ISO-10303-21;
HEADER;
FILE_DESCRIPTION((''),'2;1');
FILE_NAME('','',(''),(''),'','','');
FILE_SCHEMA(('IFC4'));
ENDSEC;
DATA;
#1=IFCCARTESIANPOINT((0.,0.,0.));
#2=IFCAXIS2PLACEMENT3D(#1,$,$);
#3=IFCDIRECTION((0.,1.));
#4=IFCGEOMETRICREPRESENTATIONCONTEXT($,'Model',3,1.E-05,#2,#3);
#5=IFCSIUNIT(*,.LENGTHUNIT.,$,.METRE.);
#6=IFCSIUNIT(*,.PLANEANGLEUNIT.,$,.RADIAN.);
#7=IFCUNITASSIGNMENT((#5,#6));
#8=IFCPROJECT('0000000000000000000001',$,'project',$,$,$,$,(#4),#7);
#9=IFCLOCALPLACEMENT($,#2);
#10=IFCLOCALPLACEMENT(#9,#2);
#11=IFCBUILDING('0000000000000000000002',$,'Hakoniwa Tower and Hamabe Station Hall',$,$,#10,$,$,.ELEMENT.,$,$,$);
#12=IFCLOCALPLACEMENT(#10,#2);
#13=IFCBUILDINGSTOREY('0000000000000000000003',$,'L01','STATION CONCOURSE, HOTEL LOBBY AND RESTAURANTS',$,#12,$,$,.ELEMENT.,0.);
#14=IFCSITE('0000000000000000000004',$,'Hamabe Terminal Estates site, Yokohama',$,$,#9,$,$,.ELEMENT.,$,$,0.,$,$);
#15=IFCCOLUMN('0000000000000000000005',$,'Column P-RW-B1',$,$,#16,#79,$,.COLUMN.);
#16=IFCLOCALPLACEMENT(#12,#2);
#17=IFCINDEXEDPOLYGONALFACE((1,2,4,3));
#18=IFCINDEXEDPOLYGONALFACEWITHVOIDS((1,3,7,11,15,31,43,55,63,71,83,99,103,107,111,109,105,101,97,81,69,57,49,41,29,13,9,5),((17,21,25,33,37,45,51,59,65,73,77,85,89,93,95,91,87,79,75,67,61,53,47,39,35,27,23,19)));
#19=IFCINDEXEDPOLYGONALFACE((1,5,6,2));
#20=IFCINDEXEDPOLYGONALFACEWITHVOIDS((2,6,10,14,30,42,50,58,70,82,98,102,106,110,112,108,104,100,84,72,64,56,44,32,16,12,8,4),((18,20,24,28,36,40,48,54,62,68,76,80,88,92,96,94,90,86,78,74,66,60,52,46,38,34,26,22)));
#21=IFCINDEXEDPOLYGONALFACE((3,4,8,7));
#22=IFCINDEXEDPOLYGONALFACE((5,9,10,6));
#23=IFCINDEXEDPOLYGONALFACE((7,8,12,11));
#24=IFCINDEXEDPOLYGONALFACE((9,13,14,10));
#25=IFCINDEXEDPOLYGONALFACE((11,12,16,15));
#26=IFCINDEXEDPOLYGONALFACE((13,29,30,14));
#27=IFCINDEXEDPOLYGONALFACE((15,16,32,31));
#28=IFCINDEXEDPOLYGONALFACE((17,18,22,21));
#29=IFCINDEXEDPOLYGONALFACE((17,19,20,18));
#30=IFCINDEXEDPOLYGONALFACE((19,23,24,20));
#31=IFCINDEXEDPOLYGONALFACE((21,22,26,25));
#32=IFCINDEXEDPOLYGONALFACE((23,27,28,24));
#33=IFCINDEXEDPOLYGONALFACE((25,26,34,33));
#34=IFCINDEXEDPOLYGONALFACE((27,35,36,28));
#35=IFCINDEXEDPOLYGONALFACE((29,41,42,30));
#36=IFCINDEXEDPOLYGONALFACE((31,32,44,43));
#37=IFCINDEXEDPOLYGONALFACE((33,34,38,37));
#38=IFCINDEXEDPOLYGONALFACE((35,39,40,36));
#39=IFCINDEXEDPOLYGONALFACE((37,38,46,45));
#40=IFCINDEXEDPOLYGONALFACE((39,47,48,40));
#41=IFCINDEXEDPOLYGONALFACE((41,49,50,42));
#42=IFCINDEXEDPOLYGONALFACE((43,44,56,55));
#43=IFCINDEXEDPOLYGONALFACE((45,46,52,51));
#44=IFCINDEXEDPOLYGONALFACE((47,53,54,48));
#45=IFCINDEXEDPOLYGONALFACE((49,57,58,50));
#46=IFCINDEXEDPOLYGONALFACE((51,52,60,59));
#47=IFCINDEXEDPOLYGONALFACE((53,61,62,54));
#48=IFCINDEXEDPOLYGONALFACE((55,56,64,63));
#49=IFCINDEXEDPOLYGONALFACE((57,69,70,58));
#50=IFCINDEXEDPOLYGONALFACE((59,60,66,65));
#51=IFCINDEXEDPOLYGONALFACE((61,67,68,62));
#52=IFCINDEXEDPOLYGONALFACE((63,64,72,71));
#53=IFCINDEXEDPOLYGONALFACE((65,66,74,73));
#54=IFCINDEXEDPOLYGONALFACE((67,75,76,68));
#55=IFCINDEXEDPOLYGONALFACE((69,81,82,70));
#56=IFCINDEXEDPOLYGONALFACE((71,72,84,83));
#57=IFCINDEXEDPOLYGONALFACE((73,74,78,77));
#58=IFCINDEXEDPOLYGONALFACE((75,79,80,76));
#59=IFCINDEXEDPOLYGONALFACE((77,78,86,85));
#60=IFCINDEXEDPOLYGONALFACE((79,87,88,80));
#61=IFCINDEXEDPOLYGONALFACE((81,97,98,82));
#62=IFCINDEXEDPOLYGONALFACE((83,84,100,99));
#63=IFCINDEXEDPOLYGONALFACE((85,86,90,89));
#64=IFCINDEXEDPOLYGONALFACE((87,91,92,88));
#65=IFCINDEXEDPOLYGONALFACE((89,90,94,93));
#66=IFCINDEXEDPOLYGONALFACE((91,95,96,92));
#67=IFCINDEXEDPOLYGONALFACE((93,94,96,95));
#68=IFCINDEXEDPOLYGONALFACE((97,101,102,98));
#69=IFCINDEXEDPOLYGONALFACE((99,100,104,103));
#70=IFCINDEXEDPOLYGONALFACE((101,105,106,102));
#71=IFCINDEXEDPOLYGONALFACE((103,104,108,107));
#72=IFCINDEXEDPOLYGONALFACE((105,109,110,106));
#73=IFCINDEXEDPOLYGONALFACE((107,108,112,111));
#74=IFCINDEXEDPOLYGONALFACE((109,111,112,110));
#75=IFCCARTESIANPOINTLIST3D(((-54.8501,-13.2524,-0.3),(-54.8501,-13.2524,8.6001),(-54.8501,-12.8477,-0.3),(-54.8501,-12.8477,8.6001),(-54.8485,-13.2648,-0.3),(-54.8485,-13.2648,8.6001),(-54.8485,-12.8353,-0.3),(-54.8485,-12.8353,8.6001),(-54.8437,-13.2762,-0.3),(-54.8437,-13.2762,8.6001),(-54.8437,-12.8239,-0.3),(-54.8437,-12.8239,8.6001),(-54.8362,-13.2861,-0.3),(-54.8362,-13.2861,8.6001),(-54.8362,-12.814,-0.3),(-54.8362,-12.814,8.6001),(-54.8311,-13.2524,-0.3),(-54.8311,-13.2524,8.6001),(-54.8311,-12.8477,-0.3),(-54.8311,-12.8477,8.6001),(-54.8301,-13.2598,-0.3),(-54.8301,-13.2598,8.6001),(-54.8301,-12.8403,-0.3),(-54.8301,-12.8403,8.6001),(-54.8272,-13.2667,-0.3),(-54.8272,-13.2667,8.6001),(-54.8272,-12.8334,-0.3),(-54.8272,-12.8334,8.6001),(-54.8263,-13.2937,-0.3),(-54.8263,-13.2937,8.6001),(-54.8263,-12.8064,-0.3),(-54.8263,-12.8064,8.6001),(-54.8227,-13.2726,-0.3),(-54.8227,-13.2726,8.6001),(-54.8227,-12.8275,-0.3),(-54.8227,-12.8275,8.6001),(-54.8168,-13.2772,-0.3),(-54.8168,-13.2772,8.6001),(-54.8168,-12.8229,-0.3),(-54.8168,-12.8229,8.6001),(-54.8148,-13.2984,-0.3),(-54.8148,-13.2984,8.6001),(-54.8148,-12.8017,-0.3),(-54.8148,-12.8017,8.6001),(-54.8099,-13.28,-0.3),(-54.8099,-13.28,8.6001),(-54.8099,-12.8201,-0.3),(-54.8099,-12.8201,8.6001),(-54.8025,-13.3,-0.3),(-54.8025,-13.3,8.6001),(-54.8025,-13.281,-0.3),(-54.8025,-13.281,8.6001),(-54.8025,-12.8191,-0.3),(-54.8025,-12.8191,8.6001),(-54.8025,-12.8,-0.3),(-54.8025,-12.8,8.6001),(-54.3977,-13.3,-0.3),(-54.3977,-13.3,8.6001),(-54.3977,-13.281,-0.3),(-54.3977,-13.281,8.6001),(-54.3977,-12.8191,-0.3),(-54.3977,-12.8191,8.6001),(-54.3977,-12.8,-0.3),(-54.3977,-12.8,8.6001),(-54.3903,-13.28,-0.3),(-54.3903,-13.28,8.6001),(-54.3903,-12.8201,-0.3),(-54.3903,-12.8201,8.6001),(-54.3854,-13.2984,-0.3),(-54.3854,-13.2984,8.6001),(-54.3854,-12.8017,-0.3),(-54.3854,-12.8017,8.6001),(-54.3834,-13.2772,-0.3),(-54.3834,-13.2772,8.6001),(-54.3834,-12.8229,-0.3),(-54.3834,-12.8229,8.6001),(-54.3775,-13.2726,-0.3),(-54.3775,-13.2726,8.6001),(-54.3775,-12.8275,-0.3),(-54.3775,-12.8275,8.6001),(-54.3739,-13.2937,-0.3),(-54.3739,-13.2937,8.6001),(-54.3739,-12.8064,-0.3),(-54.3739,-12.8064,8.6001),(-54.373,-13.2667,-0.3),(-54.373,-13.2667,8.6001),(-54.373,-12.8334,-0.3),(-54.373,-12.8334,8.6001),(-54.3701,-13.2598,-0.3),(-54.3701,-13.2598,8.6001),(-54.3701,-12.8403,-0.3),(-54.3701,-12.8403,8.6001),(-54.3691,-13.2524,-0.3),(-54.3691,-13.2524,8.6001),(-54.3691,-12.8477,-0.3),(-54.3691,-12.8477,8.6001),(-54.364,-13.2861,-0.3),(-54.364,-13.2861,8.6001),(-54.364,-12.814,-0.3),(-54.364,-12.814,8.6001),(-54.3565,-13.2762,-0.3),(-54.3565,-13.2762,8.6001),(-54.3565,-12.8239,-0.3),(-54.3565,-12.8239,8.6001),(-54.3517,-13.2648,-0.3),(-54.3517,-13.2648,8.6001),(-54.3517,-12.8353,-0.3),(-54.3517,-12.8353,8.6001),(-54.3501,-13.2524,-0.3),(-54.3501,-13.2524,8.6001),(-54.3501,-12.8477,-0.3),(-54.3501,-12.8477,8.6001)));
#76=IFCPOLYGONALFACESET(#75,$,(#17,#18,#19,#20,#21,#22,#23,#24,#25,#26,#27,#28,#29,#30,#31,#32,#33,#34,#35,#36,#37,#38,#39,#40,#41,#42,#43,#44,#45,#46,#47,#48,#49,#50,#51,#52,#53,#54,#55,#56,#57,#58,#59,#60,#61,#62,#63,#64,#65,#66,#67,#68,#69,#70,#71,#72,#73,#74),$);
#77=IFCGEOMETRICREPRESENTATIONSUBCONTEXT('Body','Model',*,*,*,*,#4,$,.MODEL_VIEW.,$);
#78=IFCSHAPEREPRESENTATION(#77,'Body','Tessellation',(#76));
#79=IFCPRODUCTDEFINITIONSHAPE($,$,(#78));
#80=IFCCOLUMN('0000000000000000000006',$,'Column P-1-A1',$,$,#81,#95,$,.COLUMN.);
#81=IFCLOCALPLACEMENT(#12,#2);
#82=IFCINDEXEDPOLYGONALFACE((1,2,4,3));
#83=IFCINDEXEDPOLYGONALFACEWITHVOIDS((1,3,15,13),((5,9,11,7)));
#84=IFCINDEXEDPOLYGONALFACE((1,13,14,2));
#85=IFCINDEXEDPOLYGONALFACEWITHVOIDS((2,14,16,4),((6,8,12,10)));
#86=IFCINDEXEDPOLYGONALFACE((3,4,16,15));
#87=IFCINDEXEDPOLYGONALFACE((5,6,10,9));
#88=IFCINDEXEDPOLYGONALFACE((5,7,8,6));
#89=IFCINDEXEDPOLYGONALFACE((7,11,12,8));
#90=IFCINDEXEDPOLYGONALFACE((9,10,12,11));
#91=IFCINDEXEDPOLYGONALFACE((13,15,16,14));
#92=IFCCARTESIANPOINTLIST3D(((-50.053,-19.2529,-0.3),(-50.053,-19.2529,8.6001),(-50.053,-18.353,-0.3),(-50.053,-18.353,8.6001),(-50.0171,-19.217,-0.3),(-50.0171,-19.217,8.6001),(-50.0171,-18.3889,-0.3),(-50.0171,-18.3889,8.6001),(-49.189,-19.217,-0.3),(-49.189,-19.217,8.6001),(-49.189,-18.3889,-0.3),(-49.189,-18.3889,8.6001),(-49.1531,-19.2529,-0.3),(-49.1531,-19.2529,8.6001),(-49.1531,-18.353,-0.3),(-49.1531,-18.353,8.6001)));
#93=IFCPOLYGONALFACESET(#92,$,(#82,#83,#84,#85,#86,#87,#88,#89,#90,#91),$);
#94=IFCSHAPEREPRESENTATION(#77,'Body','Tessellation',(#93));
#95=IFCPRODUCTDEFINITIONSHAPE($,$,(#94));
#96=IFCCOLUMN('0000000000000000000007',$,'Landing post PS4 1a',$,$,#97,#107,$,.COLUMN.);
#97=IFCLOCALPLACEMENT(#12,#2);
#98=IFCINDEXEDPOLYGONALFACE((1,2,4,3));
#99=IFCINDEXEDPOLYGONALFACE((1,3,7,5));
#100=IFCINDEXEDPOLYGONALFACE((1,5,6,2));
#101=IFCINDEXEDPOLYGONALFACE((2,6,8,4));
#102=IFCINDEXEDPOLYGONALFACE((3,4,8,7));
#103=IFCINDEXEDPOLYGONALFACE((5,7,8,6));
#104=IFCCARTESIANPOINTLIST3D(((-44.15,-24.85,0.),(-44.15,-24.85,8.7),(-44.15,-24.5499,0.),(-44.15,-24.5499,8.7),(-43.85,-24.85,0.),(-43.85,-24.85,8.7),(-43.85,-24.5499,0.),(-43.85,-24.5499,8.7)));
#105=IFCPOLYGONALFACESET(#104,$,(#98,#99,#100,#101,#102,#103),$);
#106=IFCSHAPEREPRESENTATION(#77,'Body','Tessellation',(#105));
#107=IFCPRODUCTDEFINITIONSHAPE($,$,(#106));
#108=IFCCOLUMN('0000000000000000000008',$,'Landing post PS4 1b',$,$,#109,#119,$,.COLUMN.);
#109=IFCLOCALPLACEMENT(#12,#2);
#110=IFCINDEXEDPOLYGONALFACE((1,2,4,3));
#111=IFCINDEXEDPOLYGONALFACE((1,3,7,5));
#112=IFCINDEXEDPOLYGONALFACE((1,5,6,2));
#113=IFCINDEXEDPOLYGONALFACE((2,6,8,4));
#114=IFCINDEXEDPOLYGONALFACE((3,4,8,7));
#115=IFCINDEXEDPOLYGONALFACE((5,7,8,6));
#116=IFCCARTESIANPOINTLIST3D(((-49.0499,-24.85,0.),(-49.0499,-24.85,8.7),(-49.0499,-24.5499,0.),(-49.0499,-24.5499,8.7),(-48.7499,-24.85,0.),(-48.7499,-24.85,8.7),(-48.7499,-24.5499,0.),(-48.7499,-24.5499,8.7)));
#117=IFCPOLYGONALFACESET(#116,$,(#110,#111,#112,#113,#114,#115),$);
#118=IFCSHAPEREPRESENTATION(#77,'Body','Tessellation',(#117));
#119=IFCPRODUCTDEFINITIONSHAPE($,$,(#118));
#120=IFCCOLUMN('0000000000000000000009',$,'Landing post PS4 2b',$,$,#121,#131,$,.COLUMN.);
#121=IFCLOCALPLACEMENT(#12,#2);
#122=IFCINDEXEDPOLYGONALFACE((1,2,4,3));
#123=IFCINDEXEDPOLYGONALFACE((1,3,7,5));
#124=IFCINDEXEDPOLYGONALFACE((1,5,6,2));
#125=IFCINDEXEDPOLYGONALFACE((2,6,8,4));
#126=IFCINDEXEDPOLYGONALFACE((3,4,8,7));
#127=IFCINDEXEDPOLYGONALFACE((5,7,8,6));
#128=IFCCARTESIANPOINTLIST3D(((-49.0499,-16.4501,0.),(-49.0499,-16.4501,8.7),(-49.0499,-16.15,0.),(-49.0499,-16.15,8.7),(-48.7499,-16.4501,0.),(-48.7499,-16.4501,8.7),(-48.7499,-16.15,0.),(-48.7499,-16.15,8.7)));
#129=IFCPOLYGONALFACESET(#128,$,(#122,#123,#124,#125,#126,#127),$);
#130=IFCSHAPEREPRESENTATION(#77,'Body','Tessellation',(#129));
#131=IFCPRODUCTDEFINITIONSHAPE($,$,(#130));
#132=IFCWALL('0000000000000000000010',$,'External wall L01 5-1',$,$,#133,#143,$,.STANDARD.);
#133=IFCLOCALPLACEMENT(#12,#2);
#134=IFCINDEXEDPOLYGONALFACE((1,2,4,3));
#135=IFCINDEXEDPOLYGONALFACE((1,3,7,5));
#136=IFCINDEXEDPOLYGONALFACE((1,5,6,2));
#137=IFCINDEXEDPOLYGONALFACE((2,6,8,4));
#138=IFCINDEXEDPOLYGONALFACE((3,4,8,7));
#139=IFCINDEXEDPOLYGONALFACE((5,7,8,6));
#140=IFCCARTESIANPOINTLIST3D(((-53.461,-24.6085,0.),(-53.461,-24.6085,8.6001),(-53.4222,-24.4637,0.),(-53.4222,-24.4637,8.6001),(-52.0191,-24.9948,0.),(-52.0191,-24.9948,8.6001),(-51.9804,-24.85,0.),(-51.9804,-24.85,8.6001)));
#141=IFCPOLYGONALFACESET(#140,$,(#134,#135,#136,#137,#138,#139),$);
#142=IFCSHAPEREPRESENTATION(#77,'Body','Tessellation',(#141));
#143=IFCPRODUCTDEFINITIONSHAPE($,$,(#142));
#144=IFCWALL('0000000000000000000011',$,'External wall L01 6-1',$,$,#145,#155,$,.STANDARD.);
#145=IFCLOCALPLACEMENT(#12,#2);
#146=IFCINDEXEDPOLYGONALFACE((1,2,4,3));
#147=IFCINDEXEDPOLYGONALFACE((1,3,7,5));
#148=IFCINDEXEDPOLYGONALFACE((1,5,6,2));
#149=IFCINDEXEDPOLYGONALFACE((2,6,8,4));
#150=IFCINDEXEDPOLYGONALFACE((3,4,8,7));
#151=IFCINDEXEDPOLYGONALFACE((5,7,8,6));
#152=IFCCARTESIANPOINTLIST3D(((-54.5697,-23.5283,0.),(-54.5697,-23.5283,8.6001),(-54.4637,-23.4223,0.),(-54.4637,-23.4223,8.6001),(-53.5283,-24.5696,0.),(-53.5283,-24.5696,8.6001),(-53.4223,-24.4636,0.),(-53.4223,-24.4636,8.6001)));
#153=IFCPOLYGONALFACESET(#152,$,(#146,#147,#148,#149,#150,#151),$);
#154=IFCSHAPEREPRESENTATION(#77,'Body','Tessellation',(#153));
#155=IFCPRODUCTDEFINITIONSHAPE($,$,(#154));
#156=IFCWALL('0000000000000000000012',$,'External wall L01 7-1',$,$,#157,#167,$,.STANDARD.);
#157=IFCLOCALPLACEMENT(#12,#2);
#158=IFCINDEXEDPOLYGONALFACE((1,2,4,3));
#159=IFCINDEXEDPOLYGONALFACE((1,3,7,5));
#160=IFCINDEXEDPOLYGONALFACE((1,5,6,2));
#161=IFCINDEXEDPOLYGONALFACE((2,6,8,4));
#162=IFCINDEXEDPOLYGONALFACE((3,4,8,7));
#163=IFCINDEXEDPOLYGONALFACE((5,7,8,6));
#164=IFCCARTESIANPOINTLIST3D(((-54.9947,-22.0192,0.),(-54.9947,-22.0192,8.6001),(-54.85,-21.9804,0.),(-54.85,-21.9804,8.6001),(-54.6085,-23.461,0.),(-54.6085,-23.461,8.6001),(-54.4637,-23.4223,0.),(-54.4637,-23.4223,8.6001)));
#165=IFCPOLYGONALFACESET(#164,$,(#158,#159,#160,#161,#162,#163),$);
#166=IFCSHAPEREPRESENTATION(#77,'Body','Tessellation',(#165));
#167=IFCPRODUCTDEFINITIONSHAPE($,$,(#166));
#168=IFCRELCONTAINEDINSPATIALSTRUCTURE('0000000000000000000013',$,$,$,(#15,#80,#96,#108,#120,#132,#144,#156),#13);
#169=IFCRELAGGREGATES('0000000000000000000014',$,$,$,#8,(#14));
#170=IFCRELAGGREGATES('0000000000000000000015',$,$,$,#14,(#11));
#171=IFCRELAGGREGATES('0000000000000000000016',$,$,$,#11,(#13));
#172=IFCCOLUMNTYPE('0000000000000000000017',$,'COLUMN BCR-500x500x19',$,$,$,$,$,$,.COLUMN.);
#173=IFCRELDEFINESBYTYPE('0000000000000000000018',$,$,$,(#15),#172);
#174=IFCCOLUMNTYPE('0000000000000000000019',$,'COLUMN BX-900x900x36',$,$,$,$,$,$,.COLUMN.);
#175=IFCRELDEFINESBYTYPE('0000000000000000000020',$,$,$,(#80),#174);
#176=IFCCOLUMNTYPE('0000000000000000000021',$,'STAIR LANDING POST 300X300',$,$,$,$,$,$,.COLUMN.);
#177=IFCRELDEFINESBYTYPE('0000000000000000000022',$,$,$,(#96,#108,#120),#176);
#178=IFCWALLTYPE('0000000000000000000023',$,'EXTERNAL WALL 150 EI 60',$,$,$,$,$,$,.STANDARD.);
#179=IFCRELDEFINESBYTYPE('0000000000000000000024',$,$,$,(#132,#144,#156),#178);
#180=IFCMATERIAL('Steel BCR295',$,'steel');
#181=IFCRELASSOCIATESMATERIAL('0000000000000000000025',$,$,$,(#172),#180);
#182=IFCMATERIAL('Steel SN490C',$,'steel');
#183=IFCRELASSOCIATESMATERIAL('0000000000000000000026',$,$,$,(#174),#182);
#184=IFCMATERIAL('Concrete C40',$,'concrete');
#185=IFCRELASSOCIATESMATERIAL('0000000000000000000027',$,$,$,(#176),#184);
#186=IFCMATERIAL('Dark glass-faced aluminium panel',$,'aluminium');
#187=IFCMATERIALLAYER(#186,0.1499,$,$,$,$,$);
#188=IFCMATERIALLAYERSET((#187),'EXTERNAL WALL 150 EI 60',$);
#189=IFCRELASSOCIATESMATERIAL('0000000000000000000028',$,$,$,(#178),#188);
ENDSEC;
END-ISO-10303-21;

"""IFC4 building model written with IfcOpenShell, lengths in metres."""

from ifc_helpers import new_model, si_unit, direction, frame, frame_2d, origin, origin_2d, place, context, subcontext, project, spatial, rectangle, hollow_rectangle, extrude, material, layer, layer_set, material_profile, profile_set, type_object, element, save


model = new_model("IFC4")

# Units and contexts
model_context = context("Model", 3, precision=1e-05, world=origin(), true_north=direction((0.0, 1.0)))
body_context = subcontext(model_context, "Body", "Model", "MODEL_VIEW")
ifc_project = project(units=[si_unit("LENGTHUNIT", "METRE"), si_unit("PLANEANGLEUNIT", "RADIAN")], contexts=[model_context])

# Site, building, storey
site_placement = place(None, origin())
site = spatial("IfcSite", under=ifc_project, at=site_placement, Name="Hamabe Terminal Estates site, Yokohama", CompositionType="ELEMENT", RefElevation=0.0)
building_placement = place(site_placement, origin())
building = spatial("IfcBuilding", under=site, at=building_placement, Name="Hakoniwa Tower and Hamabe Station Hall", CompositionType="ELEMENT")
storey_placement = place(building_placement, origin())
storey = spatial("IfcBuildingStorey", under=building, at=storey_placement, Name="L01", Description="STATION CONCOURSE, HOTEL LOBBY AND RESTAURANTS", CompositionType="ELEMENT", Elevation=0.0)

# Columns
ifc_material_1 = material(Name="Steel BCR295", Category="steel")
ifc_material_profile_1 = material_profile(ifc_material_1, hollow_rectangle(XDim=0.5, YDim=0.5, WallThickness=0.019, InnerFilletRadius=0.0286, OuterFilletRadius=0.0476, at=origin_2d()), Name="BCR-500x500x19")
ifc_profile_set_1 = profile_set([ifc_material_profile_1], Name="Steel BCR295")
column_type_1 = type_object("IfcColumnType", Name="COLUMN BCR-500x500x19", PredefinedType="COLUMN", material=ifc_profile_set_1)
for number, where, z_axis, x_axis, name in (
    (1, (-54.6001, -13.05, -0.3), (0.0, 0.0, 1.0), (1.0, 0.0, 0.0), "Column P-RW-B1"),
):
    element("IfcColumn", number, at=place(storey_placement, frame(where, z_axis=z_axis, x_axis=x_axis)), inside=storey, type_object=column_type_1, Name=name, PredefinedType="COLUMN", context=body_context, shape_type="SweptSolid", body=[
        extrude(hollow_rectangle(XDim=0.5, YDim=0.5, WallThickness=0.019, InnerFilletRadius=0.0286, OuterFilletRadius=0.0476, at=origin_2d()), origin(), (0.0, 0.0, 1.0), 8.9001),
    ])
ifc_material_2 = material(Name="Steel SN490C", Category="steel")
ifc_material_profile_2 = material_profile(ifc_material_2, hollow_rectangle(XDim=0.8999, YDim=0.8999, WallThickness=0.0359, at=origin_2d()), Name="BX-900x900x36")
ifc_profile_set_2 = profile_set([ifc_material_profile_2], Name="Steel SN490C")
column_type_2 = type_object("IfcColumnType", Name="COLUMN BX-900x900x36", PredefinedType="COLUMN", material=ifc_profile_set_2)
column_placement = place(storey_placement, frame((-49.603, -18.803, -0.3), z_axis=(0.0, 0.0, 1.0), x_axis=(1.0, 0.0, 0.0)))
element("IfcColumn", 2, at=column_placement, inside=storey, type_object=column_type_2, Name="Column P-1-A1", PredefinedType="COLUMN", context=body_context, shape_type="SweptSolid", body=[
    extrude(hollow_rectangle(XDim=0.8999, YDim=0.8999, WallThickness=0.0359, at=origin_2d()), origin(), (0.0, 0.0, 1.0), 8.9001),
])
ifc_material_3 = material(Name="Concrete C40", Category="concrete")
ifc_material_profile_3 = material_profile(ifc_material_3, rectangle(XDim=0.3, YDim=0.3, at=origin_2d()), Name="STAIR LANDING POST 300X300")
ifc_profile_set_3 = profile_set([ifc_material_profile_3], Name="Concrete C40")
column_type_3 = type_object("IfcColumnType", Name="STAIR LANDING POST 300X300", PredefinedType="COLUMN", material=ifc_profile_set_3)
for number, where, z_axis, x_axis, name in (
    (3, (-44.0, -24.7, 0.0), (0.0, 0.0, 1.0), (1.0, 0.0, 0.0), "Landing post PS4 1a"),
    (4, (-48.8999, -24.7, 0.0), (0.0, 0.0, 1.0), (1.0, 0.0, 0.0), "Landing post PS4 1b"),
    (5, (-48.8999, -16.3, 0.0), (0.0, 0.0, 1.0), (1.0, 0.0, 0.0), "Landing post PS4 2b"),
):
    element("IfcColumn", number, at=place(storey_placement, frame(where, z_axis=z_axis, x_axis=x_axis)), inside=storey, type_object=column_type_3, Name=name, PredefinedType="COLUMN", context=body_context, shape_type="SweptSolid", body=[
        extrude(rectangle(XDim=0.3, YDim=0.3, at=origin_2d()), origin(), (0.0, 0.0, 1.0), 8.7),
    ])

# Walls
ifc_material_4 = material(Name="Dark glass-faced aluminium panel", Category="aluminium")
ifc_layer_1 = layer(ifc_material_4, 0.1499)
ifc_layer_set_1 = layer_set([ifc_layer_1], Name="EXTERNAL WALL 150 EI 60")
wall_type_1 = type_object("IfcWallType", Name="EXTERNAL WALL 150 EI 60", PredefinedType="STANDARD", material=ifc_layer_set_1)
wall_1_placement = place(storey_placement, frame((-51.9998, -24.9224, 0.0), z_axis=(0.0, 0.0, 1.0), x_axis=(-0.965947, 0.258742, 0.0)))
element("IfcWall", 6, at=wall_1_placement, inside=storey, type_object=wall_type_1, Name="External wall L01 5-1", PredefinedType="STANDARD", context=body_context, shape_type="SweptSolid", body=[
    extrude(rectangle(XDim=1.4927, YDim=0.1499, at=frame_2d((0.7463, 0.0))), origin(), (0.0, 0.0, 1.0), 8.6001),
])
wall_2_placement = place(storey_placement, frame((-53.4753, -24.5166, 0.0), z_axis=(0.0, 0.0, 1.0), x_axis=(-0.707107, 0.707107, 0.0)))
element("IfcWall", 7, at=wall_2_placement, inside=storey, type_object=wall_type_1, Name="External wall L01 6-1", PredefinedType="STANDARD", context=body_context, shape_type="SweptSolid", body=[
    extrude(rectangle(XDim=1.4727, YDim=0.1499, at=frame_2d((0.7363, 0.0))), origin(), (0.0, 0.0, 1.0), 8.6001),
])
wall_3_placement = place(storey_placement, frame((-54.5361, -23.4417, 0.0), z_axis=(0.0, 0.0, 1.0), x_axis=(-0.258742, 0.965947, 0.0)))
element("IfcWall", 8, at=wall_3_placement, inside=storey, type_object=wall_type_1, Name="External wall L01 7-1", PredefinedType="STANDARD", context=body_context, shape_type="SweptSolid", body=[
    extrude(rectangle(XDim=1.4927, YDim=0.1499, at=frame_2d((0.7463, 0.0))), origin(), (0.0, 0.0, 1.0), 8.6001),
])

save(model, "model.ifc")
